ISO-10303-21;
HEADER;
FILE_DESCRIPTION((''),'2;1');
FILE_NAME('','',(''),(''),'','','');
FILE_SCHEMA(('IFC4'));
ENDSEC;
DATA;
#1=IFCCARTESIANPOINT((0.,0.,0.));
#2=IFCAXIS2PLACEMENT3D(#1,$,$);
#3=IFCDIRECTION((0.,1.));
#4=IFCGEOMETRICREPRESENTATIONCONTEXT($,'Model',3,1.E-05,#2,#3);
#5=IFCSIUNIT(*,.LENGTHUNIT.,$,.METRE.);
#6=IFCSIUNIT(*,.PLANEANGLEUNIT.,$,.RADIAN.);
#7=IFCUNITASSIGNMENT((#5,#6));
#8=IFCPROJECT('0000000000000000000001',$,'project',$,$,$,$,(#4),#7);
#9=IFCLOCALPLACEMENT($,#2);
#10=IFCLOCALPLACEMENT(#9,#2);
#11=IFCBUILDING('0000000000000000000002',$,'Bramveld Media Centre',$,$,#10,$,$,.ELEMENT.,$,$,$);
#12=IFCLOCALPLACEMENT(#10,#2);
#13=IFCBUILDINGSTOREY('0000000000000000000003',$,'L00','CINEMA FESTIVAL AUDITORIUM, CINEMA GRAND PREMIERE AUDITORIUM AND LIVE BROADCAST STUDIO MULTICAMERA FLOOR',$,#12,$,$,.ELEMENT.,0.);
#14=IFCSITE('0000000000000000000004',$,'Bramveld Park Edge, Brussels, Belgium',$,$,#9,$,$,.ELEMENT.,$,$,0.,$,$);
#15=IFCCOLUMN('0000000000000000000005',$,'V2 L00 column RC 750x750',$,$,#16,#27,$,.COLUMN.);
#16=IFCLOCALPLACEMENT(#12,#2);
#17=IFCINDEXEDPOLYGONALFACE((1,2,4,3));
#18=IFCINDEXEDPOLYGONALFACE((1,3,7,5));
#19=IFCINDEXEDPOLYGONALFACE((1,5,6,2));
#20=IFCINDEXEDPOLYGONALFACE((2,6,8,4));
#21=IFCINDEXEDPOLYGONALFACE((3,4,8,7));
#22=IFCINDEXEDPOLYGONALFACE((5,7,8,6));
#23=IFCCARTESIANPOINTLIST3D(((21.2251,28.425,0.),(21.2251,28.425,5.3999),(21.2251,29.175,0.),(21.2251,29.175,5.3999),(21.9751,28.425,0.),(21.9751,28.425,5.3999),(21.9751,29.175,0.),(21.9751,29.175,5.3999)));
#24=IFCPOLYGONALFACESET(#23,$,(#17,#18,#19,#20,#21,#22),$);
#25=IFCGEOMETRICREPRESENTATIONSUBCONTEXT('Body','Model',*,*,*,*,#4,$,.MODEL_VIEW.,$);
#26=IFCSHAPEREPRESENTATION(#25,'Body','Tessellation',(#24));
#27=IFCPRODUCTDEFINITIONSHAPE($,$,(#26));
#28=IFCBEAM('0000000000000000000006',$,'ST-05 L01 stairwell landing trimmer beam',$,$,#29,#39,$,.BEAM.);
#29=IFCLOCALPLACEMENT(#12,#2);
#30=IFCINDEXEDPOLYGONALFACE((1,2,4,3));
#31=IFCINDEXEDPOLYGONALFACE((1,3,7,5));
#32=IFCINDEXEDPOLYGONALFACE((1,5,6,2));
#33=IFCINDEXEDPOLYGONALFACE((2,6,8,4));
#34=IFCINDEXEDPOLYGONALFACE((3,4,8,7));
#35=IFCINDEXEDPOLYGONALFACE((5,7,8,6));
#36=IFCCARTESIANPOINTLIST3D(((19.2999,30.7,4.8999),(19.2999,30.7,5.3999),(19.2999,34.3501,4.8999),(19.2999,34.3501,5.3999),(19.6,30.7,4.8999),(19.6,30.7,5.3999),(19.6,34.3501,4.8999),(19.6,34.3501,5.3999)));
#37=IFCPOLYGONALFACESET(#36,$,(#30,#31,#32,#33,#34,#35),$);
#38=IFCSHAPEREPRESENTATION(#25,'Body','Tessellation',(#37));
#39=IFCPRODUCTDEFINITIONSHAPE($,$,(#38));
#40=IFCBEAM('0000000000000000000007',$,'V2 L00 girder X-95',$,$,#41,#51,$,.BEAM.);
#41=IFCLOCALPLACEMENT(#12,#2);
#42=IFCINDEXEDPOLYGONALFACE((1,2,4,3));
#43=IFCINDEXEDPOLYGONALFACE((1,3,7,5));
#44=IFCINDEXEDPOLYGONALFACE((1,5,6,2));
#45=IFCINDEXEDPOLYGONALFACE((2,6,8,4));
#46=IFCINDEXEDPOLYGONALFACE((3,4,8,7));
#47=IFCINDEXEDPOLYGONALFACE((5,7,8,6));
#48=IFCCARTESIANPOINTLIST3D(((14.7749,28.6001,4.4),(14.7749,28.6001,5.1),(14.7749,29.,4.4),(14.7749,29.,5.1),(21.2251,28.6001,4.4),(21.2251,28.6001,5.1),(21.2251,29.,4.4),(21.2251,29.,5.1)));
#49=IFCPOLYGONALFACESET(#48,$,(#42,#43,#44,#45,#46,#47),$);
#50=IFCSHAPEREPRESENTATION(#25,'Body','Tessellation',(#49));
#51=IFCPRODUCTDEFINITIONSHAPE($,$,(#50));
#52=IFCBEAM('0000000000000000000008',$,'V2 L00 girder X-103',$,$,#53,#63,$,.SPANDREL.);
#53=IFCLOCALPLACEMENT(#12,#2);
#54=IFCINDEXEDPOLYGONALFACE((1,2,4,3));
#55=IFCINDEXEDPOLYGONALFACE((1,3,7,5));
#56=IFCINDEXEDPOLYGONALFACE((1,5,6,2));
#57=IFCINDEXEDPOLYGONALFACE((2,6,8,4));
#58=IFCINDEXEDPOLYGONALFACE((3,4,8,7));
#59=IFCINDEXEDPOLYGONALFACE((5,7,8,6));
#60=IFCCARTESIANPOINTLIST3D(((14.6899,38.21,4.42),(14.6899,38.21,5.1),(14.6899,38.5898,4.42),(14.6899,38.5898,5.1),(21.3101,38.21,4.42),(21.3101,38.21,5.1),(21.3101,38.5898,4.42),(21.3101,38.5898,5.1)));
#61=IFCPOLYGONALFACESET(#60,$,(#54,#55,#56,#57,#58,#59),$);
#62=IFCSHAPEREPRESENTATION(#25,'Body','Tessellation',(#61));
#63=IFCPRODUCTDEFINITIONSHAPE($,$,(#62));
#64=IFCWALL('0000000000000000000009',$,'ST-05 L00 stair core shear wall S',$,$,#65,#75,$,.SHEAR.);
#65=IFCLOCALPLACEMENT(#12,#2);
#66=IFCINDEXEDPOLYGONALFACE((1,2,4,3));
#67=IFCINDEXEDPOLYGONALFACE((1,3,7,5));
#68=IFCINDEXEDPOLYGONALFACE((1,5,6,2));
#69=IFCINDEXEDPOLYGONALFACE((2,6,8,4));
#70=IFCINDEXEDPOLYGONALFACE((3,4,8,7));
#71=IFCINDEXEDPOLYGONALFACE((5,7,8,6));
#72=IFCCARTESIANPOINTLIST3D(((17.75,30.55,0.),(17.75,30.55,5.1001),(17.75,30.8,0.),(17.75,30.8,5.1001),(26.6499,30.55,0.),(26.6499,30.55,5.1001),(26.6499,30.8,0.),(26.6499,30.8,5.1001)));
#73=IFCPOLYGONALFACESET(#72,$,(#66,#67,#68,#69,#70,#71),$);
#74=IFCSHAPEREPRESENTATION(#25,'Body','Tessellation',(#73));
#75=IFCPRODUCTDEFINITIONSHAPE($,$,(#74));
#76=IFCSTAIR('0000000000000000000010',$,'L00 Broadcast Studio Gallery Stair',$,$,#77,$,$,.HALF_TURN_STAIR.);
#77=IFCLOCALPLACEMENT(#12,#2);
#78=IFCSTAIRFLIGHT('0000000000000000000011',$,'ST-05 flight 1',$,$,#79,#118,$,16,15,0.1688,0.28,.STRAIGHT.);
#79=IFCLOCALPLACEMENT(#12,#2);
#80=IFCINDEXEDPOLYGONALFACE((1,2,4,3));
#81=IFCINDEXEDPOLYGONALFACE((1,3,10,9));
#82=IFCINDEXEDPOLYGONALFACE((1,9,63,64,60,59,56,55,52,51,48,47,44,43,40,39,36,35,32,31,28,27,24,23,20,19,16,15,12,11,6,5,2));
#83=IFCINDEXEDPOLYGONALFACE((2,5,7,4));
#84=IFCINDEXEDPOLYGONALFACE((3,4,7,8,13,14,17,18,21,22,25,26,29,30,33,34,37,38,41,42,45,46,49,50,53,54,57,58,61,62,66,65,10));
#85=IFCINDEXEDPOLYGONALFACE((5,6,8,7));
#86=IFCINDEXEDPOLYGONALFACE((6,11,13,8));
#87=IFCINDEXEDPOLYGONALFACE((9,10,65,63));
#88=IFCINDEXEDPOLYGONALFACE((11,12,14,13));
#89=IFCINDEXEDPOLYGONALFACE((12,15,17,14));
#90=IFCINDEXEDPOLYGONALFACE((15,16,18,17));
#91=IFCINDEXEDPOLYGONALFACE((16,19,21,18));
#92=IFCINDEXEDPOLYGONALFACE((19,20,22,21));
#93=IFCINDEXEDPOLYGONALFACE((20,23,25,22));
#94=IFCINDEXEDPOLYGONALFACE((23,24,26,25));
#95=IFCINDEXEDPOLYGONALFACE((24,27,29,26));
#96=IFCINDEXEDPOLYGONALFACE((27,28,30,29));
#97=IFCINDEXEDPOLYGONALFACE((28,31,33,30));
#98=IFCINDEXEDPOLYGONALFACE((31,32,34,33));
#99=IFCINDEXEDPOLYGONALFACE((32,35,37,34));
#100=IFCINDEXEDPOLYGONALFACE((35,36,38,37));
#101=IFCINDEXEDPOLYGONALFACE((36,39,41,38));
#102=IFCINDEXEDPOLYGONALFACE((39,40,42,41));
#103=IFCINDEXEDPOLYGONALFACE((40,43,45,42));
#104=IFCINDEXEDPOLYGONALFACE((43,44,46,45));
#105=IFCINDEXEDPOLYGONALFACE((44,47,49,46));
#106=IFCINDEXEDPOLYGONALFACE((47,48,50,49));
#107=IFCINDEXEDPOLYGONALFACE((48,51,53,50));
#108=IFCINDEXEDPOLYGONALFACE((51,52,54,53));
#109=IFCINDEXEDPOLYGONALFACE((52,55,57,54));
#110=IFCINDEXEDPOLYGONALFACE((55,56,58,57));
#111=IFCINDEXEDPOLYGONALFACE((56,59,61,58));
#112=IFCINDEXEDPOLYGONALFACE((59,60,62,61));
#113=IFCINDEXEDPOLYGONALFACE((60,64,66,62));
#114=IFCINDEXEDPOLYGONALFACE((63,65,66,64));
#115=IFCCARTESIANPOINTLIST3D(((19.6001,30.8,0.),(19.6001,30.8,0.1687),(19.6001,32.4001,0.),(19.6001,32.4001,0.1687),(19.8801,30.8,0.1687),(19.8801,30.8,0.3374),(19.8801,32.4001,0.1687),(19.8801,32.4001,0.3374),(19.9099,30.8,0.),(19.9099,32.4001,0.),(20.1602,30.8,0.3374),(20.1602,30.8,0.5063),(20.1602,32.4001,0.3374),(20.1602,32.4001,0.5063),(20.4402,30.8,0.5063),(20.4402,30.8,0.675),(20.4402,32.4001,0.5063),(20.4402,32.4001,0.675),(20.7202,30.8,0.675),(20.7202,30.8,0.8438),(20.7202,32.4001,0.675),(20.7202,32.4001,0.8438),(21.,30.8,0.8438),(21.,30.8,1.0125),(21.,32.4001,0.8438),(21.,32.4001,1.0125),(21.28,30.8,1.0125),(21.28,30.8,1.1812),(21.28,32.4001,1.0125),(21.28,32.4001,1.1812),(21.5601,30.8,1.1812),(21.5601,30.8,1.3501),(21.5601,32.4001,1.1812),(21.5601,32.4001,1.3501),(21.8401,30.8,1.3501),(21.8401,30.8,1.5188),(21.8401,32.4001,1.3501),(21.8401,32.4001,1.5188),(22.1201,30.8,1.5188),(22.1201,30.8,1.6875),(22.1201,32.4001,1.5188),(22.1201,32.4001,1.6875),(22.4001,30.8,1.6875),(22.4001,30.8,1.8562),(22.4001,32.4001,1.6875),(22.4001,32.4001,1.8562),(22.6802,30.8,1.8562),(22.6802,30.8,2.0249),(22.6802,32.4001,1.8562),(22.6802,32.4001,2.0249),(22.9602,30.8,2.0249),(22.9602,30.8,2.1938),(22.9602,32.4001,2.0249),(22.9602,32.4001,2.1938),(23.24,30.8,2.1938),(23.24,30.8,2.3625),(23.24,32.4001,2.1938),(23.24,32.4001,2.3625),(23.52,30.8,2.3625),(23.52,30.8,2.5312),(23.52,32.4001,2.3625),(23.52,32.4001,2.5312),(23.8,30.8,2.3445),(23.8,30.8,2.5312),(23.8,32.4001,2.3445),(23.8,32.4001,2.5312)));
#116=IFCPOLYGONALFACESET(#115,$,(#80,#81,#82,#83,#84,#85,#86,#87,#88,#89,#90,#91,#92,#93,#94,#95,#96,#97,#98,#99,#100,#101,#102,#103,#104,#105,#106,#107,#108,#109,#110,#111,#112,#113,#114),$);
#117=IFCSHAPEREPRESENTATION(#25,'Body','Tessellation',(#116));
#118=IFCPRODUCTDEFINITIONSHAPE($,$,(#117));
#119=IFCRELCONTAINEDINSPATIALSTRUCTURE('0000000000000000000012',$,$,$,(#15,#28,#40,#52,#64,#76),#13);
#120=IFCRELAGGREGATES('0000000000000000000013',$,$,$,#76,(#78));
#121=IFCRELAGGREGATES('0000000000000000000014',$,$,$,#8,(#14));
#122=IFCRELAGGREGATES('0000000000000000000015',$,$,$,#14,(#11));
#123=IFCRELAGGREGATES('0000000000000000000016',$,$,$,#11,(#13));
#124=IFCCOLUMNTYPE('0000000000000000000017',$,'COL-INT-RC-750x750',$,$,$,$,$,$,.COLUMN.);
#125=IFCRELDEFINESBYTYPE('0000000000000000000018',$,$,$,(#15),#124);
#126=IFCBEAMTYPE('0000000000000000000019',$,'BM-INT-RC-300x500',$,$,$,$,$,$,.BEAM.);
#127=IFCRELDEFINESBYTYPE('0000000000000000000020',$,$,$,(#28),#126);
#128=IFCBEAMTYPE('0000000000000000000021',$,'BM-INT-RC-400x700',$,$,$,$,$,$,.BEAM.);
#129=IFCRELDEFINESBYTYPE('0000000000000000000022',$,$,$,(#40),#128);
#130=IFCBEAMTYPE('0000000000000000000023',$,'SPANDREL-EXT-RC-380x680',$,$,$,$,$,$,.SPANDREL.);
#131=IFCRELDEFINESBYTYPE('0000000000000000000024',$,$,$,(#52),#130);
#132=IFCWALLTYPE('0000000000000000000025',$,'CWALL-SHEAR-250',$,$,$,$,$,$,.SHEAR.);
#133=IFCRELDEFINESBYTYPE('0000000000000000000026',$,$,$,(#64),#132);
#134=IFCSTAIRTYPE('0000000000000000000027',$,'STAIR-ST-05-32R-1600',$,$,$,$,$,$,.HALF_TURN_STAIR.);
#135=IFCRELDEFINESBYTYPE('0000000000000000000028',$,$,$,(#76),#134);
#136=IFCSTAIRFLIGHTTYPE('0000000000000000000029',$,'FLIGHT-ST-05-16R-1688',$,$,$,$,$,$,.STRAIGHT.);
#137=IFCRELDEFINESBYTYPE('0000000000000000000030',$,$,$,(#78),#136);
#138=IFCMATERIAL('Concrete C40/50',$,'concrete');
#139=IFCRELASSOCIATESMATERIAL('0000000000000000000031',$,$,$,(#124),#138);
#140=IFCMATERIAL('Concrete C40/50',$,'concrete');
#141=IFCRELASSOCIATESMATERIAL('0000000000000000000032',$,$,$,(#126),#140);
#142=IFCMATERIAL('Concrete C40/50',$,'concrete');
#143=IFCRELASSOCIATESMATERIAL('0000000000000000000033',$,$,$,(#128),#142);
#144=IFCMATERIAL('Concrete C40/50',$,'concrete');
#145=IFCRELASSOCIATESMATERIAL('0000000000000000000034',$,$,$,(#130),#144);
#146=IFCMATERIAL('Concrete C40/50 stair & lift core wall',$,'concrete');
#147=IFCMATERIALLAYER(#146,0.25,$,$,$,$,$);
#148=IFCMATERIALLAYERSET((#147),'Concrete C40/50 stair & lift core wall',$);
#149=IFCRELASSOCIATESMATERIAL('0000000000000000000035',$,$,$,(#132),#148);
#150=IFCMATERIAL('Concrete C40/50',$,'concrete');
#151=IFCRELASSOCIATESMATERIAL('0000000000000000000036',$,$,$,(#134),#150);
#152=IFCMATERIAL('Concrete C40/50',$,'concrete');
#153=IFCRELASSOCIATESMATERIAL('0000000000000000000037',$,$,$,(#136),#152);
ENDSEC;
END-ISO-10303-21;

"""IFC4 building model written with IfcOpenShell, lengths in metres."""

from ifc_helpers import new_model, si_unit, direction, frame, frame_2d, origin, origin_2d, place, context, subcontext, project, spatial, polyline, rectangle, outline, extrude, material, layer, layer_set, material_profile, profile_set, type_object, element, aggregate, save


model = new_model("IFC4")

# Units and contexts
model_context = context("Model", 3, precision=1e-05, world=origin(), true_north=direction((0.0, 1.0)))
body_context = subcontext(model_context, "Body", "Model", "MODEL_VIEW")
ifc_project = project(units=[si_unit("LENGTHUNIT", "METRE"), si_unit("PLANEANGLEUNIT", "RADIAN")], contexts=[model_context])

# Site, building, storey
site_placement = place(None, origin())
site = spatial("IfcSite", under=ifc_project, at=site_placement, Name="Bramveld Park Edge, Brussels, Belgium", CompositionType="ELEMENT", RefElevation=0.0)
building_placement = place(site_placement, origin())
building = spatial("IfcBuilding", under=site, at=building_placement, Name="Bramveld Media Centre", CompositionType="ELEMENT")
storey_placement = place(building_placement, origin())
storey = spatial("IfcBuildingStorey", under=building, at=storey_placement, Name="L00", Description="CINEMA FESTIVAL AUDITORIUM, CINEMA GRAND PREMIERE AUDITORIUM AND LIVE BROADCAST STUDIO MULTICAMERA FLOOR", CompositionType="ELEMENT", Elevation=0.0)

# Column
ifc_material_1 = material(Name="Concrete C40/50", Category="concrete")
ifc_material_profile_1 = material_profile(ifc_material_1, rectangle(XDim=0.75, YDim=0.75, at=origin_2d()), Name="RC 750x750")
ifc_profile_set_1 = profile_set([ifc_material_profile_1], Name="Concrete C40/50")
column_type_1 = type_object("IfcColumnType", Name="COL-INT-RC-750x750", PredefinedType="COLUMN", material=ifc_profile_set_1)
column_1_placement = place(storey_placement, frame((21.6001, 28.8, 0.0), z_axis=(0.0, 0.0, 1.0), x_axis=(1.0, 0.0, 0.0)))
element("IfcColumn", 1, at=column_1_placement, inside=storey, type_object=column_type_1, Name="V2 L00 column RC 750x750", PredefinedType="COLUMN", context=body_context, shape_type="SweptSolid", body=[
    extrude(rectangle(XDim=0.75, YDim=0.75, at=origin_2d()), origin(), (0.0, 0.0, 1.0), 5.3999),
])

# Beams
ifc_material_2 = material(Name="Concrete C40/50", Category="concrete")
ifc_material_profile_2 = material_profile(ifc_material_2, rectangle(XDim=0.3, YDim=0.5, at=origin_2d()), Name="RC 300x500")
ifc_profile_set_2 = profile_set([ifc_material_profile_2], Name="Concrete C40/50")
beam_type_1 = type_object("IfcBeamType", Name="BM-INT-RC-300x500", PredefinedType="BEAM", material=ifc_profile_set_2)
beam_1_placement = place(storey_placement, frame((19.45, 30.7, 5.1499), z_axis=(0.0, 1.0, 0.0), x_axis=(-1.0, 0.0, 0.0)))
element("IfcBeam", 2, at=beam_1_placement, inside=storey, type_object=beam_type_1, Name="ST-05 L01 stairwell landing trimmer beam", PredefinedType="BEAM", context=body_context, shape_type="SweptSolid", body=[
    extrude(rectangle(XDim=0.3, YDim=0.5, at=origin_2d()), origin(), (0.0, 0.0, 1.0), 3.6501),
])
ifc_material_3 = material(Name="Concrete C40/50", Category="concrete")
ifc_material_profile_3 = material_profile(ifc_material_3, rectangle(XDim=0.3999, YDim=0.7, at=origin_2d()), Name="RC 400x700")
ifc_profile_set_3 = profile_set([ifc_material_profile_3], Name="Concrete C40/50")
beam_type_2 = type_object("IfcBeamType", Name="BM-INT-RC-400x700", PredefinedType="BEAM", material=ifc_profile_set_3)
beam_2_placement = place(storey_placement, frame((14.7749, 28.8, 4.75), z_axis=(1.0, 0.0, 0.0), x_axis=(0.0, 1.0, 0.0)))
element("IfcBeam", 3, at=beam_2_placement, inside=storey, type_object=beam_type_2, Name="V2 L00 girder X-95", PredefinedType="BEAM", context=body_context, shape_type="SweptSolid", body=[
    extrude(rectangle(XDim=0.3999, YDim=0.7, at=origin_2d()), origin(), (0.0, 0.0, 1.0), 6.4502),
])
ifc_material_4 = material(Name="Concrete C40/50", Category="concrete")
ifc_material_profile_4 = material_profile(ifc_material_4, rectangle(XDim=0.3799, YDim=0.6799, at=origin_2d()), Name="RC 380x680")
ifc_profile_set_4 = profile_set([ifc_material_profile_4], Name="Concrete C40/50")
beam_type_3 = type_object("IfcBeamType", Name="SPANDREL-EXT-RC-380x680", PredefinedType="SPANDREL", material=ifc_profile_set_4)
beam_3_placement = place(storey_placement, frame((14.6899, 38.3999, 4.76), z_axis=(1.0, 0.0, 0.0), x_axis=(0.0, 1.0, 0.0)))
element("IfcBeam", 4, at=beam_3_placement, inside=storey, type_object=beam_type_3, Name="V2 L00 girder X-103", PredefinedType="SPANDREL", context=body_context, shape_type="SweptSolid", body=[
    extrude(rectangle(XDim=0.3799, YDim=0.6799, at=origin_2d()), origin(), (0.0, 0.0, 1.0), 6.6201),
])

# Wall
ifc_material_5 = material(Name="Concrete C40/50 stair & lift core wall", Category="concrete")
ifc_layer = layer(ifc_material_5, 0.25)
ifc_layer_set = layer_set([ifc_layer], Name="Concrete C40/50 stair & lift core wall")
wall_type = type_object("IfcWallType", Name="CWALL-SHEAR-250", PredefinedType="SHEAR", material=ifc_layer_set)
wall_1_placement = place(storey_placement, frame((17.75, 30.675, 0.0), z_axis=(0.0, 0.0, 1.0), x_axis=(1.0, 0.0, 0.0)))
element("IfcWall", 5, at=wall_1_placement, inside=storey, type_object=wall_type, Name="ST-05 L00 stair core shear wall S", PredefinedType="SHEAR", context=body_context, shape_type="SweptSolid", body=[
    extrude(rectangle(XDim=8.8999, YDim=0.25, at=frame_2d((4.45, 0.0))), origin(), (0.0, 0.0, 1.0), 5.1001),
])

# Stair, stair flight
ifc_material_6 = material(Name="Concrete C40/50", Category="concrete")
stair_type = type_object("IfcStairType", Name="STAIR-ST-05-32R-1600", PredefinedType="HALF_TURN_STAIR", material=ifc_material_6)
stair_placement = place(storey_placement, origin())
stair = element("IfcStair", 6, at=stair_placement, inside=storey, type_object=stair_type, Name="L00 Broadcast Studio Gallery Stair", PredefinedType="HALF_TURN_STAIR")
ifc_material_7 = material(Name="Concrete C40/50", Category="concrete")
stair_flight_type = type_object("IfcStairFlightType", Name="FLIGHT-ST-05-16R-1688", PredefinedType="STRAIGHT", material=ifc_material_7)
stair_flight_placement = place(storey_placement, frame((19.6001, 31.6001, 0.0), z_axis=(0.0, 0.0, 1.0), x_axis=(1.0, 0.0, 0.0)))
stair_flight = element("IfcStairFlight", 7, at=stair_flight_placement, type_object=stair_flight_type, Name="ST-05 flight 1", NumberOfRisers=16, NumberOfTreads=15, PredefinedType="STRAIGHT", RiserHeight=0.1688, TreadLength=0.28, context=body_context, shape_type="SweptSolid", body=[
    extrude(outline(polyline([(0.0, 0.0), (0.0, 0.1687), (0.28, 0.1687), (0.28, 0.3374), (0.5601, 0.3374), (0.5601, 0.5063), (0.8401, 0.5063), (0.8401, 0.675), (1.1201, 0.675), (1.1201, 0.8438), (1.3999, 0.8438), (1.3999, 1.0125), (1.6799, 1.0125), (1.6799, 1.1812), (1.96, 1.1812), (1.96, 1.3501), (2.24, 1.3501), (2.24, 1.5188), (2.52, 1.5188), (2.52, 1.6875), (2.8, 1.6875), (2.8, 1.8562), (3.0801, 1.8562), (3.0801, 2.0249), (3.3601, 2.0249), (3.3601, 2.1938), (3.6399, 2.1938), (3.6399, 2.3625), (3.9199, 2.3625), (3.9199, 2.5312), (4.2, 2.5312), (4.2, 2.7), (4.2, 2.3445), (0.3098, 0.0), (0.0, 0.0)])), frame((0.0, 0.8, 0.0), z_axis=(0.0, -1.0, 0.0), x_axis=(1.0, 0.0, 0.0)), (0.0, 0.0, 1.0), 1.6001),
])
aggregate(stair, [stair_flight])

save(model, "model.ifc")
